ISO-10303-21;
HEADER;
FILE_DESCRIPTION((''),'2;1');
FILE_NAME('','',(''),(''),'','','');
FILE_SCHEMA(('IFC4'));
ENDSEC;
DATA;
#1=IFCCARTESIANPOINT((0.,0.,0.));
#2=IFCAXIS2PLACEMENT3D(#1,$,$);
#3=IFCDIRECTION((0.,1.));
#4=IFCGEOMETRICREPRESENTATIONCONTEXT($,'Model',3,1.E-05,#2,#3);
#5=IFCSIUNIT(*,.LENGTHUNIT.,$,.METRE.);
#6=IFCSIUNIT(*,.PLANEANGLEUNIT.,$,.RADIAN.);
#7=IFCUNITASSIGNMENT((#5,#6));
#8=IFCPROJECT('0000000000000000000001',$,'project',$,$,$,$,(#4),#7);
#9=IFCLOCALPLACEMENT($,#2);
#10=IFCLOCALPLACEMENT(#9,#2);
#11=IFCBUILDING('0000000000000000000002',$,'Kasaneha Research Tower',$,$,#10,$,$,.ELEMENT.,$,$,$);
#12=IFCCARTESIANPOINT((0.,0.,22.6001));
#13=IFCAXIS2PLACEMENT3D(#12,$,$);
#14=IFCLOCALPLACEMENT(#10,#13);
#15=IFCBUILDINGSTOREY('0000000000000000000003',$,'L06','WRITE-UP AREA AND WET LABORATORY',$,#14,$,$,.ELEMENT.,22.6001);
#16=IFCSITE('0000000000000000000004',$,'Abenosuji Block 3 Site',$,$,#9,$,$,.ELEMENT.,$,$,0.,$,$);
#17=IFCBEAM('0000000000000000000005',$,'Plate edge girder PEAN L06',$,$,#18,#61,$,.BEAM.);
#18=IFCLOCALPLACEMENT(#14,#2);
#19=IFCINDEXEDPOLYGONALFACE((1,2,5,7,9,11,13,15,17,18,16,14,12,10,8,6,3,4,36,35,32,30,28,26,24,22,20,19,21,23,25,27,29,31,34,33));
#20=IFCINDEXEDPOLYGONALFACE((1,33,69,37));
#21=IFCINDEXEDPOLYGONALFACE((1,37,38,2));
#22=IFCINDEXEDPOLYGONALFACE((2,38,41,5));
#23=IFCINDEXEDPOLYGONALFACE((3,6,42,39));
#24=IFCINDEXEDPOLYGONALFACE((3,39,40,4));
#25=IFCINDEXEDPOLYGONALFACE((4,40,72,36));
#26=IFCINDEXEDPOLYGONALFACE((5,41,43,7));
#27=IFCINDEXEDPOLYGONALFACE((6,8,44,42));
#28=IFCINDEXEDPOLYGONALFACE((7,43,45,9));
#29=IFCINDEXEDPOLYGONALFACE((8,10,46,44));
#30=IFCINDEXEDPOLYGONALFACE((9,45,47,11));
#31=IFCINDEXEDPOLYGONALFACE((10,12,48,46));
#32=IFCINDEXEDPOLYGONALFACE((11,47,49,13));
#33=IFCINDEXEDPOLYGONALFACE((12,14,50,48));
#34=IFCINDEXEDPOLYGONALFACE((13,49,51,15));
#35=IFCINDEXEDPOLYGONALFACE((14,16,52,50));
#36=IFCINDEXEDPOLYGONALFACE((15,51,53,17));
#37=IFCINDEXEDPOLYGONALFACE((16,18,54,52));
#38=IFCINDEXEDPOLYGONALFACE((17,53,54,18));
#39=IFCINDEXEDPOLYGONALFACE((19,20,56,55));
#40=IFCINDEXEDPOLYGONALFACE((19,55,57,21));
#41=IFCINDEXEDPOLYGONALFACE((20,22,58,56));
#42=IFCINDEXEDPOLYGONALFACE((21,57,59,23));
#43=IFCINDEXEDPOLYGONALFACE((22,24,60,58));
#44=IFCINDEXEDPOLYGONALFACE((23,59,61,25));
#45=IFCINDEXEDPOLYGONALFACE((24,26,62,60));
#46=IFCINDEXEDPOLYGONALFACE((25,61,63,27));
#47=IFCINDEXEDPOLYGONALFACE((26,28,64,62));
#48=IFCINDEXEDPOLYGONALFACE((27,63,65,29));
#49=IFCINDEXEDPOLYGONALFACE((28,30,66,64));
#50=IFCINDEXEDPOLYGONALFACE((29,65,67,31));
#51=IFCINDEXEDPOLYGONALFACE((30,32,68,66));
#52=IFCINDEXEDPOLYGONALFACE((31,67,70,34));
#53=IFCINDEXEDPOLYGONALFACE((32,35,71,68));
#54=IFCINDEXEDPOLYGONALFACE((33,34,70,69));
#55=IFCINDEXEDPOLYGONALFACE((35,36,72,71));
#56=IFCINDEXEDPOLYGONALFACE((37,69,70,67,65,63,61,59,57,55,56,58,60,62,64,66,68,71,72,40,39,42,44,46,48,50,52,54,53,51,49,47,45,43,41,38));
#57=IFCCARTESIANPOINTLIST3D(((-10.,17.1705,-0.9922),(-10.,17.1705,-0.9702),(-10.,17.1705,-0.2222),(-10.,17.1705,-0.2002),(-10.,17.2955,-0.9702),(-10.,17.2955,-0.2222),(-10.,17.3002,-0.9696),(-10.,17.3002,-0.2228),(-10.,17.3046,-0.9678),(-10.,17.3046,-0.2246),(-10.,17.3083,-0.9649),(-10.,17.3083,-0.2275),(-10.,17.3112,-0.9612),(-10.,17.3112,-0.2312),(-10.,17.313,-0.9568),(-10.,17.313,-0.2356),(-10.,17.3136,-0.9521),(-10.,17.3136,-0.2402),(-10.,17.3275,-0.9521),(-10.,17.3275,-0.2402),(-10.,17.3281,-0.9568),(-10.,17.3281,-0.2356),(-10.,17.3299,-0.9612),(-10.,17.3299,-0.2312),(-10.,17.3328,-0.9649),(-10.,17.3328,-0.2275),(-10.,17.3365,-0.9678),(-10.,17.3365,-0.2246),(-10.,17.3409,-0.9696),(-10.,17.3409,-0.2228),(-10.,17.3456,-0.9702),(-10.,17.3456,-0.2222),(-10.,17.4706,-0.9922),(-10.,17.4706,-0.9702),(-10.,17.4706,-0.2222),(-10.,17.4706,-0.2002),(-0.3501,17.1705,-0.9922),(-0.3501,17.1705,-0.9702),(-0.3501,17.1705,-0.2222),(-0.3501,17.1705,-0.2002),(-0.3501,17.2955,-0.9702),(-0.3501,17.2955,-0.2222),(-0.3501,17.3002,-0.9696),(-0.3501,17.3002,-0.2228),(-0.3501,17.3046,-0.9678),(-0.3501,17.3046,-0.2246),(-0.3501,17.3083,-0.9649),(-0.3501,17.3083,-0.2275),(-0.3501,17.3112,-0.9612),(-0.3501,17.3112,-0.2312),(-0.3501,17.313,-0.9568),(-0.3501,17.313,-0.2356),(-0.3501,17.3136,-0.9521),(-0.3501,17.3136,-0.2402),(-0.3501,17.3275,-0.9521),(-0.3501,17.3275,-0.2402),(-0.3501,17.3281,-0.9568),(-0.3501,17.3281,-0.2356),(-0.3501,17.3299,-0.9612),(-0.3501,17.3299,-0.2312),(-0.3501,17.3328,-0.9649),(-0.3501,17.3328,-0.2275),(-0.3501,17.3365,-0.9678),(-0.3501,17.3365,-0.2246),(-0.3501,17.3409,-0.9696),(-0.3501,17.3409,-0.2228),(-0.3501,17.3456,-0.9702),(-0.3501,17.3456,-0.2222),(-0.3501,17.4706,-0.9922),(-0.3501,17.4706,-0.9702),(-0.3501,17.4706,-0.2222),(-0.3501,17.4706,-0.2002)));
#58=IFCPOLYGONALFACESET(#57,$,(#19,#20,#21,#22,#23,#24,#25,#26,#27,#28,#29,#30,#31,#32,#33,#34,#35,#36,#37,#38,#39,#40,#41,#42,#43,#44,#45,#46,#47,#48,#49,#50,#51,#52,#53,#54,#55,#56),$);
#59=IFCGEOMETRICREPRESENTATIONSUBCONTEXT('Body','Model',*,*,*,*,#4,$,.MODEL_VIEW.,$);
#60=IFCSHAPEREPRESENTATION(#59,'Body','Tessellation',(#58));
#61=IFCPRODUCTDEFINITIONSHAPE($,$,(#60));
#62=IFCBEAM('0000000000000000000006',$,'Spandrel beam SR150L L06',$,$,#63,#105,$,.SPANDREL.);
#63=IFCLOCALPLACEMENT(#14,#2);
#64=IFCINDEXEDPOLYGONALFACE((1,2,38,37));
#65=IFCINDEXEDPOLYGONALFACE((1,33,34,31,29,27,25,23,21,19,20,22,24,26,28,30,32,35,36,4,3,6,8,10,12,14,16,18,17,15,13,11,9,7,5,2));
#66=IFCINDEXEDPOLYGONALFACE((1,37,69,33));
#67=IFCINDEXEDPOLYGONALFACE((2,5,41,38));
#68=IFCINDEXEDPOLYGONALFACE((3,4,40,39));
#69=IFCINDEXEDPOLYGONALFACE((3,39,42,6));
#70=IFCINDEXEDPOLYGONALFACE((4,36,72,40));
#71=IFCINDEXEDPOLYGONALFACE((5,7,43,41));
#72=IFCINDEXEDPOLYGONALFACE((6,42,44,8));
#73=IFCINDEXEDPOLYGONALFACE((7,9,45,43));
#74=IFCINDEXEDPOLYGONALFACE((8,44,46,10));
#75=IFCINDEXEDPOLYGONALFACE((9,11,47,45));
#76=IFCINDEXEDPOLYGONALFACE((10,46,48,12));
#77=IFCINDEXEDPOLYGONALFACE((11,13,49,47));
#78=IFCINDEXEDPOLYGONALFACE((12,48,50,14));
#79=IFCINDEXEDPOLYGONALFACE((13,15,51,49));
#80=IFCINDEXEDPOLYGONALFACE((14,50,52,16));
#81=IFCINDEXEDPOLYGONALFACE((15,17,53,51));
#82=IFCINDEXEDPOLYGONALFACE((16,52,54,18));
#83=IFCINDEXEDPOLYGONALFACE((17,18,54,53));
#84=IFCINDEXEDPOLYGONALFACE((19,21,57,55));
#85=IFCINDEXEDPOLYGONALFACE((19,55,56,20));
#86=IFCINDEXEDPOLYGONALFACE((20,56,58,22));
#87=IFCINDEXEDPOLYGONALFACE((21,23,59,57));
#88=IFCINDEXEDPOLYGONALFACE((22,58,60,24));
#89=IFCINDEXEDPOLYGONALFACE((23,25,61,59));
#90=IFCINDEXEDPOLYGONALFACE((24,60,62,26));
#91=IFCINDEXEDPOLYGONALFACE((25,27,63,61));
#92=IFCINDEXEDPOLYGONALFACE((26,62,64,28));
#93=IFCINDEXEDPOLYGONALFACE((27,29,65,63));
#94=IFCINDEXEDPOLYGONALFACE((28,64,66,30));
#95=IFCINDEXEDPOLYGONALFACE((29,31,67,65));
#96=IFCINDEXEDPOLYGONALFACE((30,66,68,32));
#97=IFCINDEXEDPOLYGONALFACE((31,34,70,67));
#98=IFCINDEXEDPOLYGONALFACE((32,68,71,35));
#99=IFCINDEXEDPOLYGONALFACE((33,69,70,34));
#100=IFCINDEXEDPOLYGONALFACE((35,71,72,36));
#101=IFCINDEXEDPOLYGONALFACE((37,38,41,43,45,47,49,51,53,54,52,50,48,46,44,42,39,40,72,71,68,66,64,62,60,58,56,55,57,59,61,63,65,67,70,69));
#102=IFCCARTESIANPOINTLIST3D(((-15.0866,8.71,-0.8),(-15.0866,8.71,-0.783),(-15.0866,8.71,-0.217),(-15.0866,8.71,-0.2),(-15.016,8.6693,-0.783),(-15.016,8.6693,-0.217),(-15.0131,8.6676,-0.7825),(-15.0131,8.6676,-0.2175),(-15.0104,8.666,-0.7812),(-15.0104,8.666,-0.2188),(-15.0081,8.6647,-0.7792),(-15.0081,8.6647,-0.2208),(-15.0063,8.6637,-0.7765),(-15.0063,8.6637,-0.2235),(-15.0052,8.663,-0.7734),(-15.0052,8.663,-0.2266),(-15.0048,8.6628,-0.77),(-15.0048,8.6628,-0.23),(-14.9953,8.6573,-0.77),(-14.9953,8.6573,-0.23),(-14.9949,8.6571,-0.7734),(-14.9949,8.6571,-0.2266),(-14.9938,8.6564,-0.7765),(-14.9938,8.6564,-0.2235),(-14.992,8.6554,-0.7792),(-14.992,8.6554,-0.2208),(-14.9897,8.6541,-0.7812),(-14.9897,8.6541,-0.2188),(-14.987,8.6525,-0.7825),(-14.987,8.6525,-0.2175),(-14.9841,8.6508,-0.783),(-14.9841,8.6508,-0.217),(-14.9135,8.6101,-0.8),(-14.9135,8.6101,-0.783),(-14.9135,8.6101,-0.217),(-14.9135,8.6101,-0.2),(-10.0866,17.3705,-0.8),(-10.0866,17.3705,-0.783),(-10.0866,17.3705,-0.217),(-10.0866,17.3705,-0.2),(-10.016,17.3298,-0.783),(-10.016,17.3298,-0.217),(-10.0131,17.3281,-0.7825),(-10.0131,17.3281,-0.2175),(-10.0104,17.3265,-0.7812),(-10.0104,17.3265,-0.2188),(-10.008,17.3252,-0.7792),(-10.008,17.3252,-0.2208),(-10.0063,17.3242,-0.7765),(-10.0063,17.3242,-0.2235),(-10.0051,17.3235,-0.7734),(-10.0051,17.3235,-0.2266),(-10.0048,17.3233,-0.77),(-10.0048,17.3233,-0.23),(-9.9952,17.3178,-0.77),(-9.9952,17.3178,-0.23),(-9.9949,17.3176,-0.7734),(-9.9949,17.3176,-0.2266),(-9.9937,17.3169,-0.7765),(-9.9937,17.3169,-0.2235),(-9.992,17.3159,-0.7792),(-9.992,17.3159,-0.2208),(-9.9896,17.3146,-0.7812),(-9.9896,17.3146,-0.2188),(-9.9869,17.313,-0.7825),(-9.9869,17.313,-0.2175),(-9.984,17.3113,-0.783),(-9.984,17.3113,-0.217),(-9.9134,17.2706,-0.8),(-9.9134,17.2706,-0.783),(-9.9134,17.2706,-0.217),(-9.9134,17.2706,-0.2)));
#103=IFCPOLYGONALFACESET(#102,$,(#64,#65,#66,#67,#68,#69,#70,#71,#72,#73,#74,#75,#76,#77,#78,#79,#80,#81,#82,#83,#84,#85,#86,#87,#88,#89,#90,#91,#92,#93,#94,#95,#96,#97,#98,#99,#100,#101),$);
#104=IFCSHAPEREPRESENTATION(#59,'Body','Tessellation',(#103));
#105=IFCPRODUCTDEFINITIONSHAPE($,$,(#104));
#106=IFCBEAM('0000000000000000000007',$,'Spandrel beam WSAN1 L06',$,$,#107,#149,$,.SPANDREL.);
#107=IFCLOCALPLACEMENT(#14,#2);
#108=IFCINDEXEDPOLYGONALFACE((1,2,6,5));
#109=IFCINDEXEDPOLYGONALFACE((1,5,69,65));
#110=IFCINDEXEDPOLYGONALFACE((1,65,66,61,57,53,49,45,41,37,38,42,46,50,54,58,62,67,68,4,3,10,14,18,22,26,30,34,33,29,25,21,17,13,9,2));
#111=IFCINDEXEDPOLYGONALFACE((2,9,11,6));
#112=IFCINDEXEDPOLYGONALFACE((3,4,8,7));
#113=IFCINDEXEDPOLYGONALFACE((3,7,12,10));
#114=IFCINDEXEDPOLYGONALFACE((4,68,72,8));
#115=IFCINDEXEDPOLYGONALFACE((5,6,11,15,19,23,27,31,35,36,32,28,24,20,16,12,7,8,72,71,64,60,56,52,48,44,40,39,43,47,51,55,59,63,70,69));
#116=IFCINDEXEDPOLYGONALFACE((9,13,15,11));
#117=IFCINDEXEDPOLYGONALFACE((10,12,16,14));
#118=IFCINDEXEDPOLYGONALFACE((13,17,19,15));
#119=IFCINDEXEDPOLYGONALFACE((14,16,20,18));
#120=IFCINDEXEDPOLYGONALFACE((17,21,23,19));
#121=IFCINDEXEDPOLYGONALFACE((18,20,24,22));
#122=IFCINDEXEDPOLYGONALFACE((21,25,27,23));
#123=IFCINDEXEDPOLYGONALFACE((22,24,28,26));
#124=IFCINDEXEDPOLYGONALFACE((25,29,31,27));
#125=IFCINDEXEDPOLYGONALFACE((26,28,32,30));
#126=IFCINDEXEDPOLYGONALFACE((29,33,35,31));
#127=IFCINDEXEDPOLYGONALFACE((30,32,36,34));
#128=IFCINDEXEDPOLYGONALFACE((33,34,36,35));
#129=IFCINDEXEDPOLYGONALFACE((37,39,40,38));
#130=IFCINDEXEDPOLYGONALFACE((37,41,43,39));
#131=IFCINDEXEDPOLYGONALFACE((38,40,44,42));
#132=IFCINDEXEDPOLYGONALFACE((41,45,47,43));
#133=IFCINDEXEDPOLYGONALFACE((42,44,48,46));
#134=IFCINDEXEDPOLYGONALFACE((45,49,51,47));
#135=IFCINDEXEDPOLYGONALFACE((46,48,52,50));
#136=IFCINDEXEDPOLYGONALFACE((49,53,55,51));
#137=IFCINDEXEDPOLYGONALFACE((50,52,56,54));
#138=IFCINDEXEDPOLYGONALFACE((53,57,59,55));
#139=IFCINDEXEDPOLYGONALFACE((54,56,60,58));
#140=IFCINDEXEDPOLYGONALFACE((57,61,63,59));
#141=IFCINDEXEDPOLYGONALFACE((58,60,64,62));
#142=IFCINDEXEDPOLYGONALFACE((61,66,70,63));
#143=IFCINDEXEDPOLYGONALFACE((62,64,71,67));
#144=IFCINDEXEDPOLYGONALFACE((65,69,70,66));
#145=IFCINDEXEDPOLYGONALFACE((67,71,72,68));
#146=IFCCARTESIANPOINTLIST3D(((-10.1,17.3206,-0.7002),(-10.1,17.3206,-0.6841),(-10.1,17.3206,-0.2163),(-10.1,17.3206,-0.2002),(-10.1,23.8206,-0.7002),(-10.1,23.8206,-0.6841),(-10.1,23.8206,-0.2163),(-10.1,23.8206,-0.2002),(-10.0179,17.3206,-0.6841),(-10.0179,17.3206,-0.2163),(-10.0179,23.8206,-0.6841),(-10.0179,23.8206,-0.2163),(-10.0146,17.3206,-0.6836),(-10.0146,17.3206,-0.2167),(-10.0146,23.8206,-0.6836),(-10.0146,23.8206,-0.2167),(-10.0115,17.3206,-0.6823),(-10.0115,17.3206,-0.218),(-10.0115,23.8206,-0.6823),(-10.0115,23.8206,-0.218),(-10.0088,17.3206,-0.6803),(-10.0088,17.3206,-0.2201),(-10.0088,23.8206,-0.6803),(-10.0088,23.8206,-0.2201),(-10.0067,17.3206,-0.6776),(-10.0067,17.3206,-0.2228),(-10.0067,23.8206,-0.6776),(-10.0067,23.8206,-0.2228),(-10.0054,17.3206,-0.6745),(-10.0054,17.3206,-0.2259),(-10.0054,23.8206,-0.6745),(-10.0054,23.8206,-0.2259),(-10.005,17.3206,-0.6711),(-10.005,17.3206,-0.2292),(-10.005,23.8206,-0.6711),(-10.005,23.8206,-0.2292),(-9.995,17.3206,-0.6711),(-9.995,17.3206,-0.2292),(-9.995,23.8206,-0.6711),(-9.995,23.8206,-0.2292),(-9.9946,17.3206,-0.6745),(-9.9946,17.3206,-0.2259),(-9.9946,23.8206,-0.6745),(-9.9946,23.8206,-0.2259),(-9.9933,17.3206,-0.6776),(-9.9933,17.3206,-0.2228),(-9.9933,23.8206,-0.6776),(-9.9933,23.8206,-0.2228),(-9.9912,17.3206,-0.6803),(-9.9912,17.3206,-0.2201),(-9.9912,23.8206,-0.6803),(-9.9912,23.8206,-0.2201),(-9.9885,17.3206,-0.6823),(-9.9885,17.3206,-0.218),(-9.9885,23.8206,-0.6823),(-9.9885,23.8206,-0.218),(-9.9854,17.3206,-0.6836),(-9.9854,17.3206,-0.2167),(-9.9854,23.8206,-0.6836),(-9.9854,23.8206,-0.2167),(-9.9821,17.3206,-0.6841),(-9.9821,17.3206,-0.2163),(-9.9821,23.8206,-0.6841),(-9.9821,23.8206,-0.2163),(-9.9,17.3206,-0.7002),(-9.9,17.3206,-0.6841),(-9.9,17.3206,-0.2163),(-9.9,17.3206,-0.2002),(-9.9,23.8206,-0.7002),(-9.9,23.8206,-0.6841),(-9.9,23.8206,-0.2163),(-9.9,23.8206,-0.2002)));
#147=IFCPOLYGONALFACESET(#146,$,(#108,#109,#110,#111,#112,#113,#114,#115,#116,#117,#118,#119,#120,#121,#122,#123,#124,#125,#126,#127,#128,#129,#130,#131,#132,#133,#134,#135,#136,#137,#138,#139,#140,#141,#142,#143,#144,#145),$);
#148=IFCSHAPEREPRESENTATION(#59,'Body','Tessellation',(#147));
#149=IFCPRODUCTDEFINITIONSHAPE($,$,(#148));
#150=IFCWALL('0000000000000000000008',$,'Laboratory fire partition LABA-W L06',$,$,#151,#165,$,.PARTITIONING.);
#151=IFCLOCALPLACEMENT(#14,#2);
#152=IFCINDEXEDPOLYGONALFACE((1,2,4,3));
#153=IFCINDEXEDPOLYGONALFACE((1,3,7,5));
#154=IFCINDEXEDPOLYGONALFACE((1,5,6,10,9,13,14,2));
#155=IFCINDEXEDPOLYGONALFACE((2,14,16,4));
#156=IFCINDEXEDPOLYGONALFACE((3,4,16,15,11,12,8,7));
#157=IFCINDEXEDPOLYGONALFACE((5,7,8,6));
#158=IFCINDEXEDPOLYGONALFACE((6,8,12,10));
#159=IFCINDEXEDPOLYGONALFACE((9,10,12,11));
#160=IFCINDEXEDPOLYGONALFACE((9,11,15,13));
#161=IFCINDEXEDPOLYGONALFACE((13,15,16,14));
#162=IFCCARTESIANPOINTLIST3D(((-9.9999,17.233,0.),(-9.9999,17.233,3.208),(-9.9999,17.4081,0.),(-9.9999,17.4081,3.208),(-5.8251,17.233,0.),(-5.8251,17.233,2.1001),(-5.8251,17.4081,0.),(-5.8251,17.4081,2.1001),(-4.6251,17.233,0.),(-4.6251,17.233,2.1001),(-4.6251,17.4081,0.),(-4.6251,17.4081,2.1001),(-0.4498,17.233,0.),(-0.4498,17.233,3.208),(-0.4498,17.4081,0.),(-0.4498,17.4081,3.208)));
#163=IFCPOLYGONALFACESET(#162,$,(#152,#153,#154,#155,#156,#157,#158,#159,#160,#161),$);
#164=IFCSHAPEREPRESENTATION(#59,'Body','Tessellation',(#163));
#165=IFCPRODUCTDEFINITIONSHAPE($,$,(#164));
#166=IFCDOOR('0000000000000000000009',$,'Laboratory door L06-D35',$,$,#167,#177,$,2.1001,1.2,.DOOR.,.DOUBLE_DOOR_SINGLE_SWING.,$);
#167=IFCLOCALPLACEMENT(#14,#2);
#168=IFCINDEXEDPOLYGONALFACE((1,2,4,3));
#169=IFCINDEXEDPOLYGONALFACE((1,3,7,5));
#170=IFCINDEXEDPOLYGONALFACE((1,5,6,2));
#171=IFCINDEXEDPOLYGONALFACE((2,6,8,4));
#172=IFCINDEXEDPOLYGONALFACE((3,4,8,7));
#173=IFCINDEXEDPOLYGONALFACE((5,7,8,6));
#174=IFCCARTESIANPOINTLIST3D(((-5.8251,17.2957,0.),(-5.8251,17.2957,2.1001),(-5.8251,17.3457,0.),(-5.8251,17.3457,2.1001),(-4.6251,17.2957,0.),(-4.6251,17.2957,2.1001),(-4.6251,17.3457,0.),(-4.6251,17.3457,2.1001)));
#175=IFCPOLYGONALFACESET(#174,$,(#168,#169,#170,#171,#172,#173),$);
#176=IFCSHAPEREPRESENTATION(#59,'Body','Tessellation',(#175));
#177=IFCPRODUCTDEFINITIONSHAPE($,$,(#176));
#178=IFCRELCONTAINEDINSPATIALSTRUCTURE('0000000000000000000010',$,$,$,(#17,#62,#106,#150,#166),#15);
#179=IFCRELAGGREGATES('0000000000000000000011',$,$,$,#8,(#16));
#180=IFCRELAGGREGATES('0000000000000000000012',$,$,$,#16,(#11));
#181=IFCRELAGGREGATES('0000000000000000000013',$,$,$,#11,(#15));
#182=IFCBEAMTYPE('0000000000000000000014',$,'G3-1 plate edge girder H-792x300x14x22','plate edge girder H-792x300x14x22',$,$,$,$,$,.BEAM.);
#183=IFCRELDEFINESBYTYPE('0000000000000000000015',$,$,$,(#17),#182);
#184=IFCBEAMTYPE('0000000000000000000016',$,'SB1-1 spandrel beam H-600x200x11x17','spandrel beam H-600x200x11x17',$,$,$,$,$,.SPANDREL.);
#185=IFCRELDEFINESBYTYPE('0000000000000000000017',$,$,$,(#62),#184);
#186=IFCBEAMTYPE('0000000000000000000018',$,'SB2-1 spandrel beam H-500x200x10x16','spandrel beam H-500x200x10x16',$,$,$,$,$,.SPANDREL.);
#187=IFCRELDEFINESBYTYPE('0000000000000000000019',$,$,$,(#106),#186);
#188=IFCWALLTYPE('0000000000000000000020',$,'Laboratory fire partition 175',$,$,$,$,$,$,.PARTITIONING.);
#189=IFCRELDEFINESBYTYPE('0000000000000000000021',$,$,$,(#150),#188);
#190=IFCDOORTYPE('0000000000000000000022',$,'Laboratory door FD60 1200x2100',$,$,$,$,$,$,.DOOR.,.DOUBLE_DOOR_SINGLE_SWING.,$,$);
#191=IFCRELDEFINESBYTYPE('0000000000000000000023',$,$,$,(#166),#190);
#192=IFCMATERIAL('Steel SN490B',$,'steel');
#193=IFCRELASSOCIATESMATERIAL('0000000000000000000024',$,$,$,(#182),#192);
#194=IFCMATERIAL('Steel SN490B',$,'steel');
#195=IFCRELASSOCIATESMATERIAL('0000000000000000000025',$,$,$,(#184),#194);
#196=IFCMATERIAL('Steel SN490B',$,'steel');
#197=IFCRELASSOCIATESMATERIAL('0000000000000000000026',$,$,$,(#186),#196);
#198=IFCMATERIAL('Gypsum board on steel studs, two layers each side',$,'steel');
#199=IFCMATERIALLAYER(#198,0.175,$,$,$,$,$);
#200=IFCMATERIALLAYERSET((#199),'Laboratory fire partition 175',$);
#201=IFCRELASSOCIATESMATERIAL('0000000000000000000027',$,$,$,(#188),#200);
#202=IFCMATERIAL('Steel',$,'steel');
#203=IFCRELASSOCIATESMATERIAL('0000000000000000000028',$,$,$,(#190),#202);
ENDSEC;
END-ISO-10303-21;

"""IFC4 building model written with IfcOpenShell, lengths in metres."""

from ifc_helpers import new_model, si_unit, direction, frame, frame_2d, origin, origin_2d, place, context, subcontext, project, spatial, rectangle, i_section, extrude, material, layer, layer_set, material_profile, profile_set, type_object, element, fill, save


model = new_model("IFC4")

# Units and contexts
model_context = context("Model", 3, precision=1e-05, world=origin(), true_north=direction((0.0, 1.0)))
body_context = subcontext(model_context, "Body", "Model", "MODEL_VIEW")
ifc_project = project(units=[si_unit("LENGTHUNIT", "METRE"), si_unit("PLANEANGLEUNIT", "RADIAN")], contexts=[model_context])

# Site, building, storey
site_placement = place(None, origin())
site = spatial("IfcSite", under=ifc_project, at=site_placement, Name="Abenosuji Block 3 Site", CompositionType="ELEMENT", RefElevation=0.0)
building_placement = place(site_placement, origin())
building = spatial("IfcBuilding", under=site, at=building_placement, Name="Kasaneha Research Tower", CompositionType="ELEMENT")
storey_placement = place(building_placement, frame((0.0, 0.0, 22.6001)))
storey = spatial("IfcBuildingStorey", under=building, at=storey_placement, Name="L06", Description="WRITE-UP AREA AND WET LABORATORY", CompositionType="ELEMENT", Elevation=22.6001)

# Beams
ifc_material_1 = material(Name="Steel SN490B", Category="steel")
ifc_material_profile_1 = material_profile(ifc_material_1, i_section(OverallWidth=0.3, OverallDepth=0.792, WebThickness=0.0139, FlangeThickness=0.022, FilletRadius=0.0181, at=origin_2d()), Name="H-792x300x14x22")
ifc_profile_set_1 = profile_set([ifc_material_profile_1], Name="Steel SN490B")
beam_type_1 = type_object("IfcBeamType", Name="G3-1 plate edge girder H-792x300x14x22", Description="plate edge girder H-792x300x14x22", PredefinedType="BEAM", material=ifc_profile_set_1)
beam_1_placement = place(storey_placement, frame((-10.0, 17.3206, -0.5962), z_axis=(1.0, 0.0, 0.0), x_axis=(0.0, 1.0, 0.0)))
element("IfcBeam", 1, at=beam_1_placement, inside=storey, type_object=beam_type_1, Name="Plate edge girder PEAN L06", PredefinedType="BEAM", context=body_context, shape_type="SweptSolid", body=[
    extrude(i_section(OverallWidth=0.3, OverallDepth=0.792, WebThickness=0.0139, FlangeThickness=0.022, FilletRadius=0.0181, at=origin_2d()), origin(), (0.0, 0.0, 1.0), 9.6499),
])
ifc_material_2 = material(Name="Steel SN490B", Category="steel")
ifc_material_profile_2 = material_profile(ifc_material_2, i_section(OverallWidth=0.2, OverallDepth=0.6001, WebThickness=0.011, FlangeThickness=0.0171, FilletRadius=0.0129, at=origin_2d()), Name="H-600x200x11x17")
ifc_profile_set_2 = profile_set([ifc_material_profile_2], Name="Steel SN490B")
beam_type_2 = type_object("IfcBeamType", Name="SB1-1 spandrel beam H-600x200x11x17", Description="spandrel beam H-600x200x11x17", PredefinedType="SPANDREL", material=ifc_profile_set_2)
beam_2_placement = place(storey_placement, frame((-10.0, 17.3206, -0.5), z_axis=(-0.499994, -0.866029, 0.0), x_axis=(0.866029, -0.499994, 0.0)))
element("IfcBeam", 2, at=beam_2_placement, inside=storey, type_object=beam_type_2, Name="Spandrel beam SR150L L06", PredefinedType="SPANDREL", context=body_context, shape_type="SweptSolid", body=[
    extrude(i_section(OverallWidth=0.2, OverallDepth=0.6001, WebThickness=0.011, FlangeThickness=0.0171, FilletRadius=0.0129, at=origin_2d()), origin(), (0.0, 0.0, 1.0), 10.0002),
])
ifc_material_3 = material(Name="Steel SN490B", Category="steel")
ifc_material_profile_3 = material_profile(ifc_material_3, i_section(OverallWidth=0.2, OverallDepth=0.5, WebThickness=0.01, FlangeThickness=0.0161, FilletRadius=0.0129, at=origin_2d()), Name="H-500x200x10x16")
ifc_profile_set_3 = profile_set([ifc_material_profile_3], Name="Steel SN490B")
beam_type_3 = type_object("IfcBeamType", Name="SB2-1 spandrel beam H-500x200x10x16", Description="spandrel beam H-500x200x10x16", PredefinedType="SPANDREL", material=ifc_profile_set_3)
beam_3_placement = place(storey_placement, frame((-10.0, 17.3206, -0.4502), z_axis=(0.0, 1.0, 0.0), x_axis=(-1.0, 0.0, 0.0)))
element("IfcBeam", 3, at=beam_3_placement, inside=storey, type_object=beam_type_3, Name="Spandrel beam WSAN1 L06", PredefinedType="SPANDREL", context=body_context, shape_type="SweptSolid", body=[
    extrude(i_section(OverallWidth=0.2, OverallDepth=0.5, WebThickness=0.01, FlangeThickness=0.0161, FilletRadius=0.0129, at=origin_2d()), origin(), (0.0, 0.0, 1.0), 6.5),
])

# Wall, opening, door
ifc_material_4 = material(Name="Gypsum board on steel studs, two layers each side", Category="steel")
ifc_layer_1 = layer(ifc_material_4, 0.175)
ifc_layer_set_1 = layer_set([ifc_layer_1], Name="Laboratory fire partition 175")
wall_type_1 = type_object("IfcWallType", Name="Laboratory fire partition 175", PredefinedType="PARTITIONING", material=ifc_layer_set_1)
wall_1_placement = place(storey_placement, frame((-0.45, 17.3206, 0.0), z_axis=(0.0, 0.0, 1.0), x_axis=(-1.0, 0.0, 0.0)))
wall_1 = element("IfcWall", 4, at=wall_1_placement, inside=storey, type_object=wall_type_1, Name="Laboratory fire partition LABA-W L06", PredefinedType="PARTITIONING", context=body_context, shape_type="SweptSolid", body=[
    extrude(rectangle(XDim=9.55, YDim=0.175, at=frame_2d((4.7749, 0.0))), origin(), (0.0, 0.0, 1.0), 3.208),
])
opening_1_placement = place(wall_1_placement, frame((4.175, 0.0, 0.0)))
opening_1 = element("IfcOpeningElement", 5, at=opening_1_placement, cuts=wall_1, PredefinedType="OPENING", context=body_context, shape_type="SweptSolid", body=[
    extrude(rectangle(XDim=1.2, YDim=2.1001, at=frame_2d((0.6001, 1.05))), frame((0.0, 0.0977, 0.0), z_axis=(0.0, -1.0, 0.0), x_axis=(1.0, 0.0, 0.0)), (0.0, 0.0, 1.0), 0.1951),
])
ifc_material_5 = material(Name="Steel", Category="steel")
door_type_1 = type_object("IfcDoorType", Name="Laboratory door FD60 1200x2100", OperationType="DOUBLE_DOOR_SINGLE_SWING", PredefinedType="DOOR", material=ifc_material_5)
door_1_placement = place(opening_1_placement, origin())
door_1 = element("IfcDoor", 6, at=door_1_placement, inside=storey, type_object=door_type_1, Name="Laboratory door L06-D35", OperationType="DOUBLE_DOOR_SINGLE_SWING", OverallHeight=2.1001, OverallWidth=1.2, PredefinedType="DOOR", context=body_context, shape_type="SweptSolid", body=[
    extrude(rectangle(XDim=1.2, YDim=2.1001, at=frame_2d((0.6001, 1.05))), frame((0.0, 0.0249, 0.0), z_axis=(0.0, -1.0, 0.0), x_axis=(1.0, 0.0, 0.0)), (0.0, 0.0, 1.0), 0.05),
])
fill(opening_1, door_1)

save(model, "model.ifc")
